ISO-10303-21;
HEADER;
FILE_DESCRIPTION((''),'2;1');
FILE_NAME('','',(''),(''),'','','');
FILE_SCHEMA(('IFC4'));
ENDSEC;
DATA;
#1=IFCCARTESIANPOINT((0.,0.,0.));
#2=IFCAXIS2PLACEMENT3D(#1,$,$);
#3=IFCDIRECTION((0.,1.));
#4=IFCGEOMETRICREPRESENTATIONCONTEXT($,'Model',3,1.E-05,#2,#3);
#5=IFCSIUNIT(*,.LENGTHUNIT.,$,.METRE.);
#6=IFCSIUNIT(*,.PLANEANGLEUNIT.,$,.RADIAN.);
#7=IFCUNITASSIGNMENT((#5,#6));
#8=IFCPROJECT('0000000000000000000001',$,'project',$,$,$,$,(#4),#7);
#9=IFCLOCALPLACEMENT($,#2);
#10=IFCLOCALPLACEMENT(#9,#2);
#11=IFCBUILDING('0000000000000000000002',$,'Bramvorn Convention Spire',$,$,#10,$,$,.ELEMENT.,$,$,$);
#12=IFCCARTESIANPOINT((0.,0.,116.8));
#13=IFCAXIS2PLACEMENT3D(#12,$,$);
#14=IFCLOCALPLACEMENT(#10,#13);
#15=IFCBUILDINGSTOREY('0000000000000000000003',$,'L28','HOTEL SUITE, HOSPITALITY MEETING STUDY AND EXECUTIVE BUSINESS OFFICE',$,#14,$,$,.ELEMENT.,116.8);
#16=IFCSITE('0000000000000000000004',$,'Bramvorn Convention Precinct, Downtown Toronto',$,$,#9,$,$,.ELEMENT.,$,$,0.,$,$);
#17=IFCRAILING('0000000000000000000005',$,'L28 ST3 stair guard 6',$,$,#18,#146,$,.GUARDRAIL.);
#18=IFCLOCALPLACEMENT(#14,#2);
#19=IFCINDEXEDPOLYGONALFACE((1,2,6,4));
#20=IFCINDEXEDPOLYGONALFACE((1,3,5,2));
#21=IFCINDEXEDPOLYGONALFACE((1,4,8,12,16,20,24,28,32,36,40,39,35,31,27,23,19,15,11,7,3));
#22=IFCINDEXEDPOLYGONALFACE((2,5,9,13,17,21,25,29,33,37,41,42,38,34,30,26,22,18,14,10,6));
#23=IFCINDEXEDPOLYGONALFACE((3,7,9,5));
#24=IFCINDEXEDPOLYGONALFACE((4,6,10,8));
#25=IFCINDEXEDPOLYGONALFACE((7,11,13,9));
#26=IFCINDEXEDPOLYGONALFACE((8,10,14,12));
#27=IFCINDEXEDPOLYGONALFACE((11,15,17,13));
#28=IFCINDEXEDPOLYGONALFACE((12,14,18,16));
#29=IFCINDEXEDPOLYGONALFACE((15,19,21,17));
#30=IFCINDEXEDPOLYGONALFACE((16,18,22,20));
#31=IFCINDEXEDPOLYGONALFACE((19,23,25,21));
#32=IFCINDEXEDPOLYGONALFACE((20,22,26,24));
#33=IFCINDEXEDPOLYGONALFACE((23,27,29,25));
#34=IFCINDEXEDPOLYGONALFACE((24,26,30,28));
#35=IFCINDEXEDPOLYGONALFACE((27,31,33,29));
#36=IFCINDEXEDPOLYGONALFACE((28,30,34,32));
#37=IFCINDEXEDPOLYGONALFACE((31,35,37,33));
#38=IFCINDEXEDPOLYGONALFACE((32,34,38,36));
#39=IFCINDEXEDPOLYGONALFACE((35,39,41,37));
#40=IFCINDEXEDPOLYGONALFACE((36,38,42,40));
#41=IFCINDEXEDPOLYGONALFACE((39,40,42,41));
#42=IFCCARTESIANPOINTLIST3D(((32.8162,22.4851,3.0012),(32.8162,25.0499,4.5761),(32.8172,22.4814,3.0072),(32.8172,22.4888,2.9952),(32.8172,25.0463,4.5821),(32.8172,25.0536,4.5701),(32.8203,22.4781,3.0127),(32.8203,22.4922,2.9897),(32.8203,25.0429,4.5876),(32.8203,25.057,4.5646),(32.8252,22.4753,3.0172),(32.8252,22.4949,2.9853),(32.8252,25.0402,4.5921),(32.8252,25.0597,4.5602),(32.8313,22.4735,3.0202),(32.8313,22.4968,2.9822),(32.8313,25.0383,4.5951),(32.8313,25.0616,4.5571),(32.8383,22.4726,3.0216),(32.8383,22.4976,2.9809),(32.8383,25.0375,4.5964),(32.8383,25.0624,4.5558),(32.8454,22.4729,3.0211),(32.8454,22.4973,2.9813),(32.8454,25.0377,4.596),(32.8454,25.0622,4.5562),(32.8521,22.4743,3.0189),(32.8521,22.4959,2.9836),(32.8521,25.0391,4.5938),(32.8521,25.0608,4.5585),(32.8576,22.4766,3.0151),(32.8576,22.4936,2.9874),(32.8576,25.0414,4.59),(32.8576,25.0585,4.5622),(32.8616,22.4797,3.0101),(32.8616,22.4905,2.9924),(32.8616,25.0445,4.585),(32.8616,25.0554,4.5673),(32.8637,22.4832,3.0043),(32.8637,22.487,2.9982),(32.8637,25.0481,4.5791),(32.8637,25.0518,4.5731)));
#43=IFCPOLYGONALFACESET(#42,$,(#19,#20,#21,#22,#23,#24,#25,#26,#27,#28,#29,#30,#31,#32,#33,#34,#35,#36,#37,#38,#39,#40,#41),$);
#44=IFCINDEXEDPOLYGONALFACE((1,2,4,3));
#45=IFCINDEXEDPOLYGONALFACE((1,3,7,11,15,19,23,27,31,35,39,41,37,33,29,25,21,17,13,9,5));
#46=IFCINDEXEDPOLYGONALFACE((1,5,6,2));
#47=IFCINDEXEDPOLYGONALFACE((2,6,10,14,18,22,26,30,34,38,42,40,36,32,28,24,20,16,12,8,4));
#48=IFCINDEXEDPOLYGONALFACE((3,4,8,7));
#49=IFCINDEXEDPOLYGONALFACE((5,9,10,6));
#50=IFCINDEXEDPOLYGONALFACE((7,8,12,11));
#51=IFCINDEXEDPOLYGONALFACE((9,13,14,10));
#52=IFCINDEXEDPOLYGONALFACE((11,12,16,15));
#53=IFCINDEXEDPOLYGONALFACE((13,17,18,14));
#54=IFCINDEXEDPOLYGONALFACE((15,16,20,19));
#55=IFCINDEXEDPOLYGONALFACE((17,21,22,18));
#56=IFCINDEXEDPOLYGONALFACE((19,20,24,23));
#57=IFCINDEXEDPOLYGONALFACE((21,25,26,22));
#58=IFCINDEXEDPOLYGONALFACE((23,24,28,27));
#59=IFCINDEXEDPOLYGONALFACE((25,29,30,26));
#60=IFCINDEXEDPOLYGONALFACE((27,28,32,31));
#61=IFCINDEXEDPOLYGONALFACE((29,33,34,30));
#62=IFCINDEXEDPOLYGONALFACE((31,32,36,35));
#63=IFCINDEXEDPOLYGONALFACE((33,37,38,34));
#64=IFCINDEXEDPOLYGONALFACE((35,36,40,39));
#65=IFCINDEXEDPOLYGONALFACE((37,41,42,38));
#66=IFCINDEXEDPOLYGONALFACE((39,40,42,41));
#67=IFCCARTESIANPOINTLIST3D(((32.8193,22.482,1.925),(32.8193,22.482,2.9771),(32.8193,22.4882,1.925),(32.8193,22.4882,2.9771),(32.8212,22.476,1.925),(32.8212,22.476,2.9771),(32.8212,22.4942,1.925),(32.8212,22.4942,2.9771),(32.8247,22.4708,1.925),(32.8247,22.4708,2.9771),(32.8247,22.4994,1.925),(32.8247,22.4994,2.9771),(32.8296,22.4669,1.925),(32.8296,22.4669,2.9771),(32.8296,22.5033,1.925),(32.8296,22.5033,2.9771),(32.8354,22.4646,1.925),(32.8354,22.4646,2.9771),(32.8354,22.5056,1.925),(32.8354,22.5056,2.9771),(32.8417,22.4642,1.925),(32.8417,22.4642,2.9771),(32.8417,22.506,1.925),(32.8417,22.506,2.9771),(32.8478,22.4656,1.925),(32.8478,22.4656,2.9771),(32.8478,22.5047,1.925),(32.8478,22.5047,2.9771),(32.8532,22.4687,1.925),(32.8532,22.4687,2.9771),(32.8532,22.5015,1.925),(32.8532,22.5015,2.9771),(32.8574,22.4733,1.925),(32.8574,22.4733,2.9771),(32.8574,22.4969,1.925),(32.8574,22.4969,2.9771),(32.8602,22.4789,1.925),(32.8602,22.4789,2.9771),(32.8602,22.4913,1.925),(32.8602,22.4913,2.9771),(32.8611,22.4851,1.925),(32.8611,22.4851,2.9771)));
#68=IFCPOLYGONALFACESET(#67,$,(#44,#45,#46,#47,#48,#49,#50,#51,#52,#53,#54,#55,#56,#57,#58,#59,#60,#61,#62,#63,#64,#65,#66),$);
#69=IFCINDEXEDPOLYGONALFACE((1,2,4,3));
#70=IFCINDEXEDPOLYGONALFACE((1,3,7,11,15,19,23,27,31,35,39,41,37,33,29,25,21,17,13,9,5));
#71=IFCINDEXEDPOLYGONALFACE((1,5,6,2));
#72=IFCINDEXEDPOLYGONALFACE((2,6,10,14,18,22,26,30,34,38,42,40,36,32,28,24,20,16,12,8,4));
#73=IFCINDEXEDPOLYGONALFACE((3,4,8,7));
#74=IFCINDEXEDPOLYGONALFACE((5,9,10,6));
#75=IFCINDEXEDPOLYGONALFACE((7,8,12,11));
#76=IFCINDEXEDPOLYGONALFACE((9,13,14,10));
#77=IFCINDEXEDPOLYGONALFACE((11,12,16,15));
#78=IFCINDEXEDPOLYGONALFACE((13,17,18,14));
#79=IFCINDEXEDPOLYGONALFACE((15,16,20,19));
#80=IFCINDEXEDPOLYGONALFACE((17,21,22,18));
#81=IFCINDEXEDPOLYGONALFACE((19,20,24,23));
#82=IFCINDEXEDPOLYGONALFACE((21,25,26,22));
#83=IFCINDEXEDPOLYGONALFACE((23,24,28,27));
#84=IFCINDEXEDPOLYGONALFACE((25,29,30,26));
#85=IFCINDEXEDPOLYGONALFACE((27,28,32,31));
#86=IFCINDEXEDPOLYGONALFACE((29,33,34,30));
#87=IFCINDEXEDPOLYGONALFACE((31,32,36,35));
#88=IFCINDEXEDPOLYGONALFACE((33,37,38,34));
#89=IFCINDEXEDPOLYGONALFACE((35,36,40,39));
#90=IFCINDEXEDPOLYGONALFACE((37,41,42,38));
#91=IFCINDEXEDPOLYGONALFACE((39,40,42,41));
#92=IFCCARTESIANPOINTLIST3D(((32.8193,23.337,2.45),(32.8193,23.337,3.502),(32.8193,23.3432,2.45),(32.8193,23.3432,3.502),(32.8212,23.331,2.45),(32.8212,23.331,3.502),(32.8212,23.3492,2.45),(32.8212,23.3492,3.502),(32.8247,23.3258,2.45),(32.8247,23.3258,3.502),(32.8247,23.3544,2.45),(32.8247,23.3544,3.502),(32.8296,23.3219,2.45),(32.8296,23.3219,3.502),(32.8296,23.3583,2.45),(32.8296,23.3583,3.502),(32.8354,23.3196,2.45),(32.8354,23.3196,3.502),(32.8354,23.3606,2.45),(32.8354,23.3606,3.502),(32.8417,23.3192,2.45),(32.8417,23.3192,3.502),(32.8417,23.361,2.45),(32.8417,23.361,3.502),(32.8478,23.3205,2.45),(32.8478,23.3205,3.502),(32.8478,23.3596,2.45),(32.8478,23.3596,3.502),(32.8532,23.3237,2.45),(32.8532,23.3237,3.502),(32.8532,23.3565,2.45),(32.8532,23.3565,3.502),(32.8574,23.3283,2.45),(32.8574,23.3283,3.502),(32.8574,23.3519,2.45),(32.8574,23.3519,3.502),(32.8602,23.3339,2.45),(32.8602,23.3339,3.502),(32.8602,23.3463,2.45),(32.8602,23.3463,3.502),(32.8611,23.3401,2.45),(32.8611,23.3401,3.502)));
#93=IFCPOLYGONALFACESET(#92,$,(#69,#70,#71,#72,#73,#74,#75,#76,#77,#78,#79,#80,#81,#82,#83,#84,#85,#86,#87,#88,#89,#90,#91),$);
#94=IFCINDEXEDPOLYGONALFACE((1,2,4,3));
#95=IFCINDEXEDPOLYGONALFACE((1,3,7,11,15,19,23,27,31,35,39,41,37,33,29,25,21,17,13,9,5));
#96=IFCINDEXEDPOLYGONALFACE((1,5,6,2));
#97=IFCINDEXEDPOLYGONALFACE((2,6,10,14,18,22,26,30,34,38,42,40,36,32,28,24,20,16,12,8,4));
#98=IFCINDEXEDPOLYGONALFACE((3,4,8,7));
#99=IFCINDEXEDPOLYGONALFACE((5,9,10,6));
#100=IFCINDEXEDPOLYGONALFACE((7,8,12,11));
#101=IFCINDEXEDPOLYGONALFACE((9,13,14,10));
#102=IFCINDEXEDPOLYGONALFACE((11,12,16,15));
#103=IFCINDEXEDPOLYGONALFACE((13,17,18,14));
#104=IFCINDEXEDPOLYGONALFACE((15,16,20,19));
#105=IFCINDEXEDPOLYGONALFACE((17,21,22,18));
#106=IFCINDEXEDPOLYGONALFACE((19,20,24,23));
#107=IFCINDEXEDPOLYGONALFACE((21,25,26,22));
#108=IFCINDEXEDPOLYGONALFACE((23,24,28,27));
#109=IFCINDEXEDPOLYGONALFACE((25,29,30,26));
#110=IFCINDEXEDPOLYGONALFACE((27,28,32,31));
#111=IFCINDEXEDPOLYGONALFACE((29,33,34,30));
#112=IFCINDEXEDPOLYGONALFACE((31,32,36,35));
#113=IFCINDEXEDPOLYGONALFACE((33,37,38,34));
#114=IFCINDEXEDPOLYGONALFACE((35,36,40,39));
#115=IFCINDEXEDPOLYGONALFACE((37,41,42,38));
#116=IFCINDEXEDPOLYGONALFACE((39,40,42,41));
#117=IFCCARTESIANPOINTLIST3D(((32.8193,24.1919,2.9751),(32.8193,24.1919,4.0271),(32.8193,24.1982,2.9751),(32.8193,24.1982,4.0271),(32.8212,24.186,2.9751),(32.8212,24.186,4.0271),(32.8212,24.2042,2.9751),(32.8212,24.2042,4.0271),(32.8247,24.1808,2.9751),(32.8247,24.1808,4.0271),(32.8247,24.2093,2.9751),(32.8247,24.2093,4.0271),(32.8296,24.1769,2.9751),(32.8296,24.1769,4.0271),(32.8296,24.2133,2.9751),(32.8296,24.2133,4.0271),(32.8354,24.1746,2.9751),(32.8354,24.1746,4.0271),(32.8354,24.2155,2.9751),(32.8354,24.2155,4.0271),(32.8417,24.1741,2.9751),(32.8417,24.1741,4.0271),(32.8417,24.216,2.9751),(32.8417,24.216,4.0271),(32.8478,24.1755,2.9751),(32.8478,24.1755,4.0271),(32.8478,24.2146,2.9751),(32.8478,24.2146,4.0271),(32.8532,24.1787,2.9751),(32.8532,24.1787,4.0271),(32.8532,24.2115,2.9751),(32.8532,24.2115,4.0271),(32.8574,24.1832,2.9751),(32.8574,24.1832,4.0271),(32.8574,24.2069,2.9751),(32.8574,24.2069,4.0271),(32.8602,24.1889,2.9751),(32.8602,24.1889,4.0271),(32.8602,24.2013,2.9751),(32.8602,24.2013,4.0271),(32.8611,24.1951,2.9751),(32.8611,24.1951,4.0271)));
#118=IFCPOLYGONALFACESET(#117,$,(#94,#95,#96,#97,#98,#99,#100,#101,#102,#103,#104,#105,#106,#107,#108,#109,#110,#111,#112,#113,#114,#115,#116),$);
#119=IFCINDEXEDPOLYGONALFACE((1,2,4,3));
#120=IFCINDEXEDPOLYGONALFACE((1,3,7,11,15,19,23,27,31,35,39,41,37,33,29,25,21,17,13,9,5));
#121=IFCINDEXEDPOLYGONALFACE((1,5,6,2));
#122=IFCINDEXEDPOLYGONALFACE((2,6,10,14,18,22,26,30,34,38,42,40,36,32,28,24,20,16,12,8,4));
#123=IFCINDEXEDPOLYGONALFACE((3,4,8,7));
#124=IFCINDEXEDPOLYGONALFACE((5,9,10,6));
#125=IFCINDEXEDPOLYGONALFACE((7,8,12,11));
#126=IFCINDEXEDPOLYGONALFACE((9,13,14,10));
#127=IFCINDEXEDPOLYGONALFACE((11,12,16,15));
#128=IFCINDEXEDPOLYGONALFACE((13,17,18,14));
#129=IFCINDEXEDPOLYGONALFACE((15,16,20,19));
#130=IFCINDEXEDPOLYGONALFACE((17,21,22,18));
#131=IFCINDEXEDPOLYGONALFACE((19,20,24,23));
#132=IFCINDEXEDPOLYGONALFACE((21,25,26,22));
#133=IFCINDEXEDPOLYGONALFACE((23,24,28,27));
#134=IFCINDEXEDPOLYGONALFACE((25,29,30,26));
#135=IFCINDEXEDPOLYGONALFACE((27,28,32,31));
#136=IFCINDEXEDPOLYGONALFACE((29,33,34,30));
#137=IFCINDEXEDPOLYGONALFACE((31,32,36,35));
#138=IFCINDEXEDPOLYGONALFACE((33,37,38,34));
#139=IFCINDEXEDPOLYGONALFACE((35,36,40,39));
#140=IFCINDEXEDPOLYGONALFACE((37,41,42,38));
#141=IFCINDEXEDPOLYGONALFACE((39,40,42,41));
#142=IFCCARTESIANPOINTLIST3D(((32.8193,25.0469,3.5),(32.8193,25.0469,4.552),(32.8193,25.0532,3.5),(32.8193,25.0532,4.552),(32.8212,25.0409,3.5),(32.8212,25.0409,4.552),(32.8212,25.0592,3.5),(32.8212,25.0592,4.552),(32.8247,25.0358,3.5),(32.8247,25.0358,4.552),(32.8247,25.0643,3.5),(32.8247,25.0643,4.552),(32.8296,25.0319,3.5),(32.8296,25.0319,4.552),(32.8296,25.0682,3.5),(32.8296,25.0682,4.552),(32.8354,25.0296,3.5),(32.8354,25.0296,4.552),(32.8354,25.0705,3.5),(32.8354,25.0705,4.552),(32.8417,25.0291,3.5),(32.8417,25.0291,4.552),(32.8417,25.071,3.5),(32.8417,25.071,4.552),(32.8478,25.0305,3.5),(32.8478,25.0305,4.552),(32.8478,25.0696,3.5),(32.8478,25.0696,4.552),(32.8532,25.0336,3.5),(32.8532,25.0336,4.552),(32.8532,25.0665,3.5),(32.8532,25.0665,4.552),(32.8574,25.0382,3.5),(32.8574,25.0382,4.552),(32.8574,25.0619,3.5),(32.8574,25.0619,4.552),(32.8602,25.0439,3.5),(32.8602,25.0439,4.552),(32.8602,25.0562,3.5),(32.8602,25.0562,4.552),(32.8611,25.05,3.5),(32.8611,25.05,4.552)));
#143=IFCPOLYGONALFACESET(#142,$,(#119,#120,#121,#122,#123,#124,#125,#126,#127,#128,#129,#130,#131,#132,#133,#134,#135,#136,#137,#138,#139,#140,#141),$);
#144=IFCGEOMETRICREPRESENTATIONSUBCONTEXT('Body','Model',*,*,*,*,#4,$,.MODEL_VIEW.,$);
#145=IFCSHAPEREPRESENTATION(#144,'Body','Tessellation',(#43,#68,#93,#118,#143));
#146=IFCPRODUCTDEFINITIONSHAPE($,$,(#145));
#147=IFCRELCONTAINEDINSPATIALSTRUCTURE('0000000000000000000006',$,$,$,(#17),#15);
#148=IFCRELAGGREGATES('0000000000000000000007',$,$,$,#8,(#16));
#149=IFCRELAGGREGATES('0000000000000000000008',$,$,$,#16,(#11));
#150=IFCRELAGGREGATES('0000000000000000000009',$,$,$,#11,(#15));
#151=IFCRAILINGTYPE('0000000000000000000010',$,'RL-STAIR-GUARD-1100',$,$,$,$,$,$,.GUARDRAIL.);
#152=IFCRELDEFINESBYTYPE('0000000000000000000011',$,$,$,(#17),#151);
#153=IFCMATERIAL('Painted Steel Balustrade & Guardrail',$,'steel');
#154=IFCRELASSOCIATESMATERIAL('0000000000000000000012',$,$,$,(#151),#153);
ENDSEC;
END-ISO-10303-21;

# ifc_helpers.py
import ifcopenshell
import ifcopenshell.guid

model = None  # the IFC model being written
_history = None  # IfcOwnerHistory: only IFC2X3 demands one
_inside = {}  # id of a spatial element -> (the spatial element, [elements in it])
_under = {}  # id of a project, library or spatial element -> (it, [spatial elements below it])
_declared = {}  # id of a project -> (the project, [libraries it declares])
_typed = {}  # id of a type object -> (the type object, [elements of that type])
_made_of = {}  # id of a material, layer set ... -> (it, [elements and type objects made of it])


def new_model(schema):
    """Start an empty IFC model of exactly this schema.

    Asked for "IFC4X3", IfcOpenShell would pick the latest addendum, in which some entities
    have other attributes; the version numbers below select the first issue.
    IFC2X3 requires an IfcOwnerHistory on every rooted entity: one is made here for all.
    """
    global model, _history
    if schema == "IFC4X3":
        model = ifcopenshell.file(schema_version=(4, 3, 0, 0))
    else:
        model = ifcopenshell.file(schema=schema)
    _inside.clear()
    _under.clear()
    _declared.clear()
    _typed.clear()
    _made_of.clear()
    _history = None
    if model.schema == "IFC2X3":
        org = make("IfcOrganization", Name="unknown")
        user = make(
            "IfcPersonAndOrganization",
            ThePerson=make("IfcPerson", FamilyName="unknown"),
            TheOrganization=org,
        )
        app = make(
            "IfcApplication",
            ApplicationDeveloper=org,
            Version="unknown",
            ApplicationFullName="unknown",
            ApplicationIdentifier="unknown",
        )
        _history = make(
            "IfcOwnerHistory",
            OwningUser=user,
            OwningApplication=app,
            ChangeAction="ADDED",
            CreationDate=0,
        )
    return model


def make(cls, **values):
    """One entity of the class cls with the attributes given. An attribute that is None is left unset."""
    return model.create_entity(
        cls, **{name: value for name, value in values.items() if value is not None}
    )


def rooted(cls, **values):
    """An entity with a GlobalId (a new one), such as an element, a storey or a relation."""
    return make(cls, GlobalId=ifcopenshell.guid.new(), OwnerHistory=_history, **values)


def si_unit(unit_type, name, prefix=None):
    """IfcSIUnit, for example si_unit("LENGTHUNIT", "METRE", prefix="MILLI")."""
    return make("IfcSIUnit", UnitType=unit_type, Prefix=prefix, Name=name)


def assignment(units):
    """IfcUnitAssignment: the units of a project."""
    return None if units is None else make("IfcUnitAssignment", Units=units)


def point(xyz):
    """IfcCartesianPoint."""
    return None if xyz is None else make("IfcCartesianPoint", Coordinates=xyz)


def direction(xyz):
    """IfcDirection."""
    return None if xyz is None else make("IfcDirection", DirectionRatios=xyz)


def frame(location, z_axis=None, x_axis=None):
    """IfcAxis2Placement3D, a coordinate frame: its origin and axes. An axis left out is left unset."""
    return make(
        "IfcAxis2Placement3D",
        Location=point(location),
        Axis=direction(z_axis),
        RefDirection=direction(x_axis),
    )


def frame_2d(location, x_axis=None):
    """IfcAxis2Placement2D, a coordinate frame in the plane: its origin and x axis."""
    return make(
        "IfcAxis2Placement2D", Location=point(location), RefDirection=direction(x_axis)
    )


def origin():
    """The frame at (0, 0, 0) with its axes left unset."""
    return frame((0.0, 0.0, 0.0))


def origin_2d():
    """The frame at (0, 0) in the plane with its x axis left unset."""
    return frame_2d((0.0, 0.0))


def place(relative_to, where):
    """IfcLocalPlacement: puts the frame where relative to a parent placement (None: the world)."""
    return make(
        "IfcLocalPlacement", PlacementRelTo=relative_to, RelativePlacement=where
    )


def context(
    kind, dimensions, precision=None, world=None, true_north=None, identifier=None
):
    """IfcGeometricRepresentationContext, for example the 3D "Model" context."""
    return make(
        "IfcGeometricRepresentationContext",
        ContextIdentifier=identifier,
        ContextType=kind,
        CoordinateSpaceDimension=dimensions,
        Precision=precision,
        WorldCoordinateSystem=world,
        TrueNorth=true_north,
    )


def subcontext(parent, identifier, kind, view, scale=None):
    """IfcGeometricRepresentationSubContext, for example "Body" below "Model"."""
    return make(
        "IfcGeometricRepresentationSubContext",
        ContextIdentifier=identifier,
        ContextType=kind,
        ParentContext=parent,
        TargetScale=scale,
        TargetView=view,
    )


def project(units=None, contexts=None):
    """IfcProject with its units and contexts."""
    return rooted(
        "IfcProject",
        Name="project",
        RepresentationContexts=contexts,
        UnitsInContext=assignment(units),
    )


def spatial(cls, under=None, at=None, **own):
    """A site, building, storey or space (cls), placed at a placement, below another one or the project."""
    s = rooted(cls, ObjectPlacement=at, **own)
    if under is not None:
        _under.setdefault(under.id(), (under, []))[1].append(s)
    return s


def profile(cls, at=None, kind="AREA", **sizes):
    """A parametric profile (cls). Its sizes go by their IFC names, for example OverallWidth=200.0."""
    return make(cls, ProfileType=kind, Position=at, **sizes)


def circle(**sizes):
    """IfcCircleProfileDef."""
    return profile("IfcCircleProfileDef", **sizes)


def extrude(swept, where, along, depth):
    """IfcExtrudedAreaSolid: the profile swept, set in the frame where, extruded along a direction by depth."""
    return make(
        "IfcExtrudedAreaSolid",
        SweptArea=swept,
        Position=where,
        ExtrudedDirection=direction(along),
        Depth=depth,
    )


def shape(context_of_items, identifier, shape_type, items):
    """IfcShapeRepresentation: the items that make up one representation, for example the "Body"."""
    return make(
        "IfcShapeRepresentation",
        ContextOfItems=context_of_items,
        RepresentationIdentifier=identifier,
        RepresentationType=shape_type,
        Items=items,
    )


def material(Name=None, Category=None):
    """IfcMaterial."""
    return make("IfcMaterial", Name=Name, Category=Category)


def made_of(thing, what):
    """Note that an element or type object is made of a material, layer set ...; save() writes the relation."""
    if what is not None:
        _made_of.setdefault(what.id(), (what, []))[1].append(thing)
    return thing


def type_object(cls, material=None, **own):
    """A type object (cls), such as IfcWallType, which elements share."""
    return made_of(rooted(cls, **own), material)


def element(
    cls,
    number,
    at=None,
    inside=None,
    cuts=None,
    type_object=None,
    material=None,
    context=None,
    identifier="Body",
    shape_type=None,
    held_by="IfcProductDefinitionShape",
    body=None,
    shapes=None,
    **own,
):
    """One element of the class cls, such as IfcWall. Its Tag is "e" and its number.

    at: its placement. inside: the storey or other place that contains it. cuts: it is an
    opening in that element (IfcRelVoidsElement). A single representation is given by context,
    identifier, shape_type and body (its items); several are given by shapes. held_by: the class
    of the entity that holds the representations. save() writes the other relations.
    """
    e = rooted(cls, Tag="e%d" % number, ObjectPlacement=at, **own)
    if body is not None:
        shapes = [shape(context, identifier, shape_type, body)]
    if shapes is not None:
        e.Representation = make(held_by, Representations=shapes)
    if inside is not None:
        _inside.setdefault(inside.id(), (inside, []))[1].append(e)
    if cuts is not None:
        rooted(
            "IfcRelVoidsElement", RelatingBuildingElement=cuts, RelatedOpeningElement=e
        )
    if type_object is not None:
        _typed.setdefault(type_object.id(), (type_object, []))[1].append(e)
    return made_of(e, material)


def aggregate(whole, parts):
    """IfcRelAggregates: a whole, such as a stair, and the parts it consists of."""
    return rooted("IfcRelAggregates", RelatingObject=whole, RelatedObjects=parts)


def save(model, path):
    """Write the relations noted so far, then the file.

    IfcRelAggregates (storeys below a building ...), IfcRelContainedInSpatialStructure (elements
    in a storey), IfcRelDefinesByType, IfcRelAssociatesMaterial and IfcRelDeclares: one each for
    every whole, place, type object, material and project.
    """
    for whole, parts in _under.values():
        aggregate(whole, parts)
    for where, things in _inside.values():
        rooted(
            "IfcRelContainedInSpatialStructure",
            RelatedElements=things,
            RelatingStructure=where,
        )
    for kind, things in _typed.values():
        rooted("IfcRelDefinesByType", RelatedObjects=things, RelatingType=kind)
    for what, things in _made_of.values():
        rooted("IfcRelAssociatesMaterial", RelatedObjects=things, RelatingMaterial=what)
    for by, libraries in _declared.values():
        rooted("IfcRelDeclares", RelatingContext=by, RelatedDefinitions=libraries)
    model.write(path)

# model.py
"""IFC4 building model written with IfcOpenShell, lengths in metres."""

from ifc_helpers import new_model, si_unit, direction, frame, origin, origin_2d, place, context, subcontext, project, spatial, circle, extrude, material, type_object, element, save


model = new_model("IFC4")

# Units and contexts
model_context = context("Model", 3, precision=1e-05, world=origin(), true_north=direction((0.0, 1.0)))
body_context = subcontext(model_context, "Body", "Model", "MODEL_VIEW")
ifc_project = project(units=[si_unit("LENGTHUNIT", "METRE"), si_unit("PLANEANGLEUNIT", "RADIAN")], contexts=[model_context])

# Site, building, storey
site_placement = place(None, origin())
site = spatial("IfcSite", under=ifc_project, at=site_placement, Name="Bramvorn Convention Precinct, Downtown Toronto", CompositionType="ELEMENT", RefElevation=0.0)
building_placement = place(site_placement, origin())
building = spatial("IfcBuilding", under=site, at=building_placement, Name="Bramvorn Convention Spire", CompositionType="ELEMENT")
storey_placement = place(building_placement, frame((0.0, 0.0, 116.8)))
storey = spatial("IfcBuildingStorey", under=building, at=storey_placement, Name="L28", Description="HOTEL SUITE, HOSPITALITY MEETING STUDY AND EXECUTIVE BUSINESS OFFICE", CompositionType="ELEMENT", Elevation=116.8)

# Railing
ifc_material_1 = material(Name="Painted Steel Balustrade & Guardrail", Category="steel")
railing_type_1 = type_object("IfcRailingType", Name="RL-STAIR-GUARD-1100", PredefinedType="GUARDRAIL", material=ifc_material_1)
railing_1_placement = place(storey_placement, frame((32.8401, 22.4851, 1.925)))
element("IfcRailing", 1, at=railing_1_placement, inside=storey, type_object=railing_type_1, Name="L28 ST3 stair guard 6", PredefinedType="GUARDRAIL", context=body_context, shape_type="SweptSolid", body=[
    extrude(circle(Radius=0.0239, at=origin_2d()), frame((0.0, 0.0, 1.0762), z_axis=(0.0, 0.852173, 0.52326), x_axis=(-1.0, 0.0, 0.0)), (0.0, 0.0, 1.0), 3.0098),
    extrude(circle(Radius=0.021, at=origin_2d()), origin(), (0.0, 0.0, 1.0), 1.052),
    extrude(circle(Radius=0.021, at=origin_2d()), frame((0.0, 0.855, 0.5249)), (0.0, 0.0, 1.0), 1.052),
    extrude(circle(Radius=0.021, at=origin_2d()), frame((0.0, 1.71, 1.05)), (0.0, 0.0, 1.0), 1.052),
    extrude(circle(Radius=0.021, at=origin_2d()), frame((0.0, 2.5649, 1.575)), (0.0, 0.0, 1.0), 1.052),
])

save(model, "model.ifc")
